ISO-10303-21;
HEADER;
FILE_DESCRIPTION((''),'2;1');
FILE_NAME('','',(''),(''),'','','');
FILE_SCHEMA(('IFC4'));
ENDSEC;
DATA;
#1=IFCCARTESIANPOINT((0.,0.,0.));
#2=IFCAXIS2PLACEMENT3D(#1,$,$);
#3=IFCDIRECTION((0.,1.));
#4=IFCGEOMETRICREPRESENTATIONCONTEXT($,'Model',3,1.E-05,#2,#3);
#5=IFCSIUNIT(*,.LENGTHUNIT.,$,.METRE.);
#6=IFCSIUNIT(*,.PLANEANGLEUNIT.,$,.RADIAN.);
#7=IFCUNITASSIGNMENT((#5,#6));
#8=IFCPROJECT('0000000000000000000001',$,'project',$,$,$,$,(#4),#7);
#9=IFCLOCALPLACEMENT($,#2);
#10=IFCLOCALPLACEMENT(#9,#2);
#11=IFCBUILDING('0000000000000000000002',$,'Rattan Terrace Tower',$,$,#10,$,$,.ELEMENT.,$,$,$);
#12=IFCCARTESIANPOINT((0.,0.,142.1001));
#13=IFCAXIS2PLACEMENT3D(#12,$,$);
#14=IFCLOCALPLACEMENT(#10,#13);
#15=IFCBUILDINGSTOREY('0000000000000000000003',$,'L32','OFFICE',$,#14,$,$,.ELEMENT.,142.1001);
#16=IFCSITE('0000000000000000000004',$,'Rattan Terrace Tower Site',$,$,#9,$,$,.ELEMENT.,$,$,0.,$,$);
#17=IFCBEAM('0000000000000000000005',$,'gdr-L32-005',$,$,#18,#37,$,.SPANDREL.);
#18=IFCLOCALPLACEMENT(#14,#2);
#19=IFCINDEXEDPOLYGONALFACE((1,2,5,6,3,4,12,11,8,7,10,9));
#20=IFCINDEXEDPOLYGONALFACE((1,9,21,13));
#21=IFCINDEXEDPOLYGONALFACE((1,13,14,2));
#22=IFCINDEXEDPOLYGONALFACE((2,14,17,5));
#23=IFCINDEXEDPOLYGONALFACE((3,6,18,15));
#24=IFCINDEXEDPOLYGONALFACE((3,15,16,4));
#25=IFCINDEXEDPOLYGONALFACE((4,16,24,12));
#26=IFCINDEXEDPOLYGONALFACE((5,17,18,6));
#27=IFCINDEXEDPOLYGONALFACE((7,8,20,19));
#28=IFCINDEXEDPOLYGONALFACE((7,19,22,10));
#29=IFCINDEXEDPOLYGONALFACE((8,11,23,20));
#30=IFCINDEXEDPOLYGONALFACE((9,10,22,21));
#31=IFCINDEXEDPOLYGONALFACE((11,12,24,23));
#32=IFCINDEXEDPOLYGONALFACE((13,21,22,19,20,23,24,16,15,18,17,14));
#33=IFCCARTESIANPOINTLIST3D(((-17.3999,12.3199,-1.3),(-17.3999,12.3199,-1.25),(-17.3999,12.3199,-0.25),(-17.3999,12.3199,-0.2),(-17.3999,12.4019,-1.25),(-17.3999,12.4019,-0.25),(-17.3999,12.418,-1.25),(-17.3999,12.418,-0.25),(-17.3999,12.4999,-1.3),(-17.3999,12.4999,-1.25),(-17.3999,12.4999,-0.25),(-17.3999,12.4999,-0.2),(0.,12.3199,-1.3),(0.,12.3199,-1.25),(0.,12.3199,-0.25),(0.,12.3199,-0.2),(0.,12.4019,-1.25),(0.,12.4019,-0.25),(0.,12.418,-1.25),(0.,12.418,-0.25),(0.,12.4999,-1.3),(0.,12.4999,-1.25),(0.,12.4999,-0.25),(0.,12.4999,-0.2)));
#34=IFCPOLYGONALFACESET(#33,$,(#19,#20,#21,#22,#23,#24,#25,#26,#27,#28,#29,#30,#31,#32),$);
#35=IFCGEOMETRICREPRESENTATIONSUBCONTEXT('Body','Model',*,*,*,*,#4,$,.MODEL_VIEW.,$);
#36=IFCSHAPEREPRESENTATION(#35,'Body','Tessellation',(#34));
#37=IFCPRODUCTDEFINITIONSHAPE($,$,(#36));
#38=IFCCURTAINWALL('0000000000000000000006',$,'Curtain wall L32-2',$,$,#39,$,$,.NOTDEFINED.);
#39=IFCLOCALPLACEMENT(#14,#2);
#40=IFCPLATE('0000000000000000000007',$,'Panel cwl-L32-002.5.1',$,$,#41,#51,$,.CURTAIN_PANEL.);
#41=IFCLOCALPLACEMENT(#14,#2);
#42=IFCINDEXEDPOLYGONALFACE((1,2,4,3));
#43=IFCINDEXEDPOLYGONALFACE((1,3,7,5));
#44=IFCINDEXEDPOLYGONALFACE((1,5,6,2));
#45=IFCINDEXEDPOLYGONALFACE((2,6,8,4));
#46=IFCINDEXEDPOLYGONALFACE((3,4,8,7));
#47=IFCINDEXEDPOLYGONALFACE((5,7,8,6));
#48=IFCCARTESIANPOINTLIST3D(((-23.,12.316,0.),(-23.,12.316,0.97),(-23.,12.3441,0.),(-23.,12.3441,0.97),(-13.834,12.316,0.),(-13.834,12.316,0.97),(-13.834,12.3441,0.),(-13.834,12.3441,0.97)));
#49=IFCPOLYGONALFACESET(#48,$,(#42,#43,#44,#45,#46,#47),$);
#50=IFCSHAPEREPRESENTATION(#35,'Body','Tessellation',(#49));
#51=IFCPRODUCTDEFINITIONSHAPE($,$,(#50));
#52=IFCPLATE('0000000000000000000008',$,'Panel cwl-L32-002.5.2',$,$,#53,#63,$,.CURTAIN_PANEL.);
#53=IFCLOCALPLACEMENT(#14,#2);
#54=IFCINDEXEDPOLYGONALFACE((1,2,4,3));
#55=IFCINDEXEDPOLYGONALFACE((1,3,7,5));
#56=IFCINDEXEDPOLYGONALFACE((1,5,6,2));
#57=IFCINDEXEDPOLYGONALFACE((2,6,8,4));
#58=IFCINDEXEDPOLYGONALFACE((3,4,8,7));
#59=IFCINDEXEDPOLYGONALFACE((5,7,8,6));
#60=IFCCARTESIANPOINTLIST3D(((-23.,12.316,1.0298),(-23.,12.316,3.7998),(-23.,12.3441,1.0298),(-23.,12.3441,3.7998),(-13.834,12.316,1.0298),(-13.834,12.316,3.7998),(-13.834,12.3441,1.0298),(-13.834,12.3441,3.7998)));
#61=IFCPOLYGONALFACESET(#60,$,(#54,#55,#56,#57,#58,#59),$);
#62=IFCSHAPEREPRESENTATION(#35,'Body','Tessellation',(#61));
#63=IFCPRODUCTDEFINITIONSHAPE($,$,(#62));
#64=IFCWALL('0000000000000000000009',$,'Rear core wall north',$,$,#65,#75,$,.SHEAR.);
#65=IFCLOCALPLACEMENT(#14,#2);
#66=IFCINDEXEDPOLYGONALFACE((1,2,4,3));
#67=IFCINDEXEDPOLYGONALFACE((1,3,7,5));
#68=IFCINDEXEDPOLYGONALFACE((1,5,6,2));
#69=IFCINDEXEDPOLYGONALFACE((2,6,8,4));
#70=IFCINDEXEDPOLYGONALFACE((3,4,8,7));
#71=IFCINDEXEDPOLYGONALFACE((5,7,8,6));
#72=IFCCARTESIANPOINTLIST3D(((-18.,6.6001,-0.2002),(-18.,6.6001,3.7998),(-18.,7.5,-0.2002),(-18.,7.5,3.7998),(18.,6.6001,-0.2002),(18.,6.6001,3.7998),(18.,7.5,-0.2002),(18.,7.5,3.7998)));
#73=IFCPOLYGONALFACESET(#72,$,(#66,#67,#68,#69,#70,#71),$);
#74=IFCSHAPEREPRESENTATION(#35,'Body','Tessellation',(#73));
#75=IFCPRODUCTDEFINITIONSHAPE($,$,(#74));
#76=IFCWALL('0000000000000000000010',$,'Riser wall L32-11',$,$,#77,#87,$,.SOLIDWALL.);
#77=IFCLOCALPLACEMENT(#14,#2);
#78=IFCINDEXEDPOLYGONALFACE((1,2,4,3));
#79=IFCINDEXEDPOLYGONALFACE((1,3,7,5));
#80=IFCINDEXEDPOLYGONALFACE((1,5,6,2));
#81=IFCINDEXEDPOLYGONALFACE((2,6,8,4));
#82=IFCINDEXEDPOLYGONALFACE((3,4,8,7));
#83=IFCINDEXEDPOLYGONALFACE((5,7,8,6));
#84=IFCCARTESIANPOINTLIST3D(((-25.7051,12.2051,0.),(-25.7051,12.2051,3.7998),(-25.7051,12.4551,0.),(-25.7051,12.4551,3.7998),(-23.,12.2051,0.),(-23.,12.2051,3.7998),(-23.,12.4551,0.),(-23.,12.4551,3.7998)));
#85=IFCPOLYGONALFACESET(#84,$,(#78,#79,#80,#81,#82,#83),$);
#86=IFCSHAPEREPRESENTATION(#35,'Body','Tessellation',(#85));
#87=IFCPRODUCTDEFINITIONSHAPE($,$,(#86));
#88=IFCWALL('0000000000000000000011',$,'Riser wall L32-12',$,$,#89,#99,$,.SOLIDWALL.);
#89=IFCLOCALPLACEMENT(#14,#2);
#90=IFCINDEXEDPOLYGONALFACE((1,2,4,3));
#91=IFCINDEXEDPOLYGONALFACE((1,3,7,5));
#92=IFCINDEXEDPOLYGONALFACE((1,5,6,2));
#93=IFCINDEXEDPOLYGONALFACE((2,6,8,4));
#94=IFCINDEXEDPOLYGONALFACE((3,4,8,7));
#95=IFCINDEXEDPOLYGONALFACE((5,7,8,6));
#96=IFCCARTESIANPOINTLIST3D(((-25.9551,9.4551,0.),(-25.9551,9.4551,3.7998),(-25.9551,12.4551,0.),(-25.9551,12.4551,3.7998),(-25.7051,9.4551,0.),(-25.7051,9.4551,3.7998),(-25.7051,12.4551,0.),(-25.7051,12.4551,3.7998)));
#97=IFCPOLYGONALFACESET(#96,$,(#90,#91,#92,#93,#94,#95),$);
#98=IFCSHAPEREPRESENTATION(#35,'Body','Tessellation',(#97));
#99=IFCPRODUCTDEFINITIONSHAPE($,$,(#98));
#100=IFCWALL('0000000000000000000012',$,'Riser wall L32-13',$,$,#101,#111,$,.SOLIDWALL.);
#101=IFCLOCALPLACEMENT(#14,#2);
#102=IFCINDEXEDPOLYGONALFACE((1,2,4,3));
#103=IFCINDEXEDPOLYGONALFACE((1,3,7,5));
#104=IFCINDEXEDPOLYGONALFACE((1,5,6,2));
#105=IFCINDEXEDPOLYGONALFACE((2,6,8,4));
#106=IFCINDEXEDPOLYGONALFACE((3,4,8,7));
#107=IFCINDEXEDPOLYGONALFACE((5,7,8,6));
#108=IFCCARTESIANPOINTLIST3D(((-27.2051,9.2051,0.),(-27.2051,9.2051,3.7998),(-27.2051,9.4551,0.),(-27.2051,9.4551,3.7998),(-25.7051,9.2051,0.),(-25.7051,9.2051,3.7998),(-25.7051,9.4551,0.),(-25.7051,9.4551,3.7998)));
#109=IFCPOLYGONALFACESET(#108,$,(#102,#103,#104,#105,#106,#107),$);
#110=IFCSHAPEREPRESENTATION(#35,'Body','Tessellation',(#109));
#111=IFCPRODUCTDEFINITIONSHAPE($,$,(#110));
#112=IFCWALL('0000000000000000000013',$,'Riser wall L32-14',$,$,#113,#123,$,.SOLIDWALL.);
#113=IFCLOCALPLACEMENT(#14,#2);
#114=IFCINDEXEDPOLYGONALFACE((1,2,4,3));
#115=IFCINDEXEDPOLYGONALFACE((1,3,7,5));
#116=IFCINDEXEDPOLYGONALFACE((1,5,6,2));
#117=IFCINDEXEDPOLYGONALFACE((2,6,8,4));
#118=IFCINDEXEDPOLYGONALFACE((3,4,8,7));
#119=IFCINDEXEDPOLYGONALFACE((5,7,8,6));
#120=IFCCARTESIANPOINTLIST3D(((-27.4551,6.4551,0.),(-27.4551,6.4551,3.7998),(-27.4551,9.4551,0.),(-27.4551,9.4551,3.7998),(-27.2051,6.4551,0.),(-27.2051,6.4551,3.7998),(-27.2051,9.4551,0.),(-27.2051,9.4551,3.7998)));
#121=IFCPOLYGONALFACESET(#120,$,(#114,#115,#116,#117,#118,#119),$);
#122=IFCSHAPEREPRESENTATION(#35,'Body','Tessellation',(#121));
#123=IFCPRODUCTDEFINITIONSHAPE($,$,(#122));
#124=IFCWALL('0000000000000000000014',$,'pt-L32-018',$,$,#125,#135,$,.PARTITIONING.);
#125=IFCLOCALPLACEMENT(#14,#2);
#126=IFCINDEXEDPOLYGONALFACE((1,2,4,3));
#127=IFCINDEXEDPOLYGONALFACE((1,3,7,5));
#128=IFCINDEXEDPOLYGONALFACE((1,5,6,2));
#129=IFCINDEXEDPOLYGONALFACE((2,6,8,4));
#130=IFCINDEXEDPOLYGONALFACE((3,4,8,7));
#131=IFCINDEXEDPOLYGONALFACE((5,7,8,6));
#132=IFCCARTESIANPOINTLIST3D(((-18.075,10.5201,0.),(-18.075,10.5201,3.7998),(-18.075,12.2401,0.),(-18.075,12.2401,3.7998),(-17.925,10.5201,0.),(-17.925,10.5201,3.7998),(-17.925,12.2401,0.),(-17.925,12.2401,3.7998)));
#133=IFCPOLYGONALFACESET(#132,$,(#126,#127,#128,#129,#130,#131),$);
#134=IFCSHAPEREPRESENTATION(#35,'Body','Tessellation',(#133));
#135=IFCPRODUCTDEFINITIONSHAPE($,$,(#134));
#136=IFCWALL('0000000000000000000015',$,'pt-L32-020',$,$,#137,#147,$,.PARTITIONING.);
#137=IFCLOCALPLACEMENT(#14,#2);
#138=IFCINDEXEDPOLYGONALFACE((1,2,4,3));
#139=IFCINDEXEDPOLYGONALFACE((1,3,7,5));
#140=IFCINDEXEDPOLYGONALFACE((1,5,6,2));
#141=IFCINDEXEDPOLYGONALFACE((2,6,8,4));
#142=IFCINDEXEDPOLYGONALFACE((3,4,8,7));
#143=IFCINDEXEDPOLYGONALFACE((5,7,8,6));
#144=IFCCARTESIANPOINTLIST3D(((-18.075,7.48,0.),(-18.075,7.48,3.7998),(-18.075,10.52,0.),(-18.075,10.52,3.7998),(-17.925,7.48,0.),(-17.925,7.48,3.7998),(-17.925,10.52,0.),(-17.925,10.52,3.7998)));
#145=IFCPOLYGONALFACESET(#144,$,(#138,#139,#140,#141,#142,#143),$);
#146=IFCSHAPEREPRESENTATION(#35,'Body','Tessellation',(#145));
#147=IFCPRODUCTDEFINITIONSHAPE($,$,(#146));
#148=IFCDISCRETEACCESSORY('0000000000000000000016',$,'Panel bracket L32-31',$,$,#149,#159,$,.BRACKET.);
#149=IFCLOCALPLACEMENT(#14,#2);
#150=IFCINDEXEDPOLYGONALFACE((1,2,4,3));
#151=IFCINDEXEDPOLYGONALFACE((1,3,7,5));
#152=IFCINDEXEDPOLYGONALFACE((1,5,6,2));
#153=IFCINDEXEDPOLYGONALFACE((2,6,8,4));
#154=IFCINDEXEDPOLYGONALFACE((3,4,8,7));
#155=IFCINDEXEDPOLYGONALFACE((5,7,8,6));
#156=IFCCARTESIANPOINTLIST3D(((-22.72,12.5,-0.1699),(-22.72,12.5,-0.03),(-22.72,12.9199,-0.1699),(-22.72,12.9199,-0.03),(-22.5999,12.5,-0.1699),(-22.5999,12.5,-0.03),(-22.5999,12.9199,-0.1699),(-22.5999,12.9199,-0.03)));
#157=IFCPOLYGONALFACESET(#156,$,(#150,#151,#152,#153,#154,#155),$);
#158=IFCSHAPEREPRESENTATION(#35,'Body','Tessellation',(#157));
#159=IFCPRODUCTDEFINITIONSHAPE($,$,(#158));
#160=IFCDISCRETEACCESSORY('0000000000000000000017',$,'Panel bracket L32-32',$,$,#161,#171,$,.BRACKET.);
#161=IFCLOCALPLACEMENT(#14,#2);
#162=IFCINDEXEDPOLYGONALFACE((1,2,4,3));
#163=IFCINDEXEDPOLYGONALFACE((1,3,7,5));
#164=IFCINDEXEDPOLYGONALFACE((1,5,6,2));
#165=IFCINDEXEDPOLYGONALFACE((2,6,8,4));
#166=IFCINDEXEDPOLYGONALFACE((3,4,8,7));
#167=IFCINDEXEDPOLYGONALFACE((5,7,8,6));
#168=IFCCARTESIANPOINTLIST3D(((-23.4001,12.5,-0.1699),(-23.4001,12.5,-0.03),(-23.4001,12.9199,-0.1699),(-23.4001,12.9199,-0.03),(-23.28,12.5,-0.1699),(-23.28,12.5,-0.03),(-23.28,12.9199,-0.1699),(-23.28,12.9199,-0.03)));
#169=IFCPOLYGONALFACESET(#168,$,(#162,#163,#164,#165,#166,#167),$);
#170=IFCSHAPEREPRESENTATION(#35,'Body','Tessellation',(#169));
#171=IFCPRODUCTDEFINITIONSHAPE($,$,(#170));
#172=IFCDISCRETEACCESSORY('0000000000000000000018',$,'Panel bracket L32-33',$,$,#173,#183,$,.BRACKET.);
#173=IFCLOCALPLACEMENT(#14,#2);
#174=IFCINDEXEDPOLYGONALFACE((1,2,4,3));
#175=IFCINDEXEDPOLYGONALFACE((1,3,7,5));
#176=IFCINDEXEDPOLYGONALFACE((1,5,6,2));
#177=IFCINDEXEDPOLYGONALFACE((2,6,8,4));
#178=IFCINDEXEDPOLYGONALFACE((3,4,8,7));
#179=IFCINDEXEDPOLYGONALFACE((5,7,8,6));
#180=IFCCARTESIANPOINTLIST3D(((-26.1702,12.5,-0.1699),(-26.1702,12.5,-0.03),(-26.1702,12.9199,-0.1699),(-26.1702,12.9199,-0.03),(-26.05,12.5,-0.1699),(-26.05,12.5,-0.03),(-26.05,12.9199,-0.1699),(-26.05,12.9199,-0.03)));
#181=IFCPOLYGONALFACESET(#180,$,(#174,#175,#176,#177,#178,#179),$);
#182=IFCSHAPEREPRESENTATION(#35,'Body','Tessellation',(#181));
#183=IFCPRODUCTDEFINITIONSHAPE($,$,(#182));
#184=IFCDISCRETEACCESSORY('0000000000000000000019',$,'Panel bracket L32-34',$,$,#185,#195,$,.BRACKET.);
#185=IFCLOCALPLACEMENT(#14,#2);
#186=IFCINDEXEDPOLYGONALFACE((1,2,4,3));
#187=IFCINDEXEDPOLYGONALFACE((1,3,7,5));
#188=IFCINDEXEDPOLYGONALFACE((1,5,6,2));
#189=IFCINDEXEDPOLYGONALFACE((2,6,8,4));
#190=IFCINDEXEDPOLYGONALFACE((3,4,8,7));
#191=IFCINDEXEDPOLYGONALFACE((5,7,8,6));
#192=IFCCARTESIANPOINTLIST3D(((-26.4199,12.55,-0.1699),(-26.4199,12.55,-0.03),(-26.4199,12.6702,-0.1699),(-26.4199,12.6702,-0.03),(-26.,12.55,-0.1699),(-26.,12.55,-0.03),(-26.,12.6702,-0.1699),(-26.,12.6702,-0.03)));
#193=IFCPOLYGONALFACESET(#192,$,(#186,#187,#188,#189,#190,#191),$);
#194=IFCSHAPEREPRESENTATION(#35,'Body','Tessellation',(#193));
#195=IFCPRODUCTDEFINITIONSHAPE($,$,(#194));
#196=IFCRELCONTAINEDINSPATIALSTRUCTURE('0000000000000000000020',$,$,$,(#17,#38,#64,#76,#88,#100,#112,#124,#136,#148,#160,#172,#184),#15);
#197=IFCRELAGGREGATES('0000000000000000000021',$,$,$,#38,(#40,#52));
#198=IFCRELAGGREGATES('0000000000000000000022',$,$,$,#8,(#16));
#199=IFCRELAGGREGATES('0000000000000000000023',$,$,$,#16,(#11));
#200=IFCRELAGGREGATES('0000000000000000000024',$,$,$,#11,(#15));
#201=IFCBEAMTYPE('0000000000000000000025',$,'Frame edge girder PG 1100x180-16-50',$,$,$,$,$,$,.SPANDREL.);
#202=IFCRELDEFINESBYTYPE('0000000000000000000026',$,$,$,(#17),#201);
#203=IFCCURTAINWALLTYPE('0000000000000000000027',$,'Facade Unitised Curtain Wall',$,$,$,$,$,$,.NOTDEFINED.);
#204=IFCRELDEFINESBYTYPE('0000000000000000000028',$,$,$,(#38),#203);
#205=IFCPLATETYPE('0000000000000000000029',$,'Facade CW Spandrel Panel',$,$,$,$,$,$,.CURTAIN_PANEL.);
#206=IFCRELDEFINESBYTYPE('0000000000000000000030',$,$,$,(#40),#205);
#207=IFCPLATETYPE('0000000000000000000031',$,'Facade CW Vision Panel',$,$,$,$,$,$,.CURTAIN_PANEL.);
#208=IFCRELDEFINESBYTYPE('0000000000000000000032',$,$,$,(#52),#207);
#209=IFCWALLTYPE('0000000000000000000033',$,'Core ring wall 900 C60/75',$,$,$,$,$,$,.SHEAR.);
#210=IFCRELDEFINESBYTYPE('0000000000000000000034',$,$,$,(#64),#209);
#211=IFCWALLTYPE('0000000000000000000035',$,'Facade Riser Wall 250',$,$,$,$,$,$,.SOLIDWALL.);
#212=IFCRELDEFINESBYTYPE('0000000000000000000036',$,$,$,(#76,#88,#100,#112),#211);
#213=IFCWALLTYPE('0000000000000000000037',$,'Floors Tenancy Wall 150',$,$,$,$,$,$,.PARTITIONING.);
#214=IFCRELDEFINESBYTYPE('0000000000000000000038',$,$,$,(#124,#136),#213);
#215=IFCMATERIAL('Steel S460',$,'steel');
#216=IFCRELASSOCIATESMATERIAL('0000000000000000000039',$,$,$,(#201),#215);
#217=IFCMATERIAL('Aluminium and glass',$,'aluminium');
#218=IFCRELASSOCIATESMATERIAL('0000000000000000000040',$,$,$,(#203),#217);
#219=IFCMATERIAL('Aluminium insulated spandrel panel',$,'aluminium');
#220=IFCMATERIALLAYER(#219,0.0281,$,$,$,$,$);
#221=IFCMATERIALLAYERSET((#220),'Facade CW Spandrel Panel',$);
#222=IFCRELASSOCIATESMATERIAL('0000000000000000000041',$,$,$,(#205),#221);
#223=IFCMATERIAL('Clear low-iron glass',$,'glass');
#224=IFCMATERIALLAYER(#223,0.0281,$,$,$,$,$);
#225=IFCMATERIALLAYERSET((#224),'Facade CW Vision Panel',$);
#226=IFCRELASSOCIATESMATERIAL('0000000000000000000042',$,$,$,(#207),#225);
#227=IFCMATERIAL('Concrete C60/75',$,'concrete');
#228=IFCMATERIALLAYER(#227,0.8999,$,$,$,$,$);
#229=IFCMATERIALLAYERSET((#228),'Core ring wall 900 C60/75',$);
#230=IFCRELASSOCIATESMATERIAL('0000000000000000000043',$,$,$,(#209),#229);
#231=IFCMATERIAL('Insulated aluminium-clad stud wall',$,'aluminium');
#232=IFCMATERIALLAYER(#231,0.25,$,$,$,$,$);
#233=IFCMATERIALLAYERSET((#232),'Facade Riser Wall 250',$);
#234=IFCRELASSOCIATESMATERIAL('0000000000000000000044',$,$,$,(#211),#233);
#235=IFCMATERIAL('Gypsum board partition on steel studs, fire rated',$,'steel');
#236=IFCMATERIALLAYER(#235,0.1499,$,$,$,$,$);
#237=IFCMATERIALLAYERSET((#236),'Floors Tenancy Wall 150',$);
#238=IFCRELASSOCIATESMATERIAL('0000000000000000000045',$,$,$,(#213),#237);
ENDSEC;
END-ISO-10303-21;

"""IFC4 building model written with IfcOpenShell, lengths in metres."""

from ifc_helpers import new_model, si_unit, direction, frame, frame_2d, origin, origin_2d, place, context, subcontext, project, spatial, rectangle, i_section, extrude, material, layer, layer_set, material_profile, profile_set, type_object, element, aggregate, save


model = new_model("IFC4")

# Units and contexts
model_context = context("Model", 3, precision=1e-05, world=origin(), true_north=direction((0.0, 1.0)))
body_context = subcontext(model_context, "Body", "Model", "MODEL_VIEW")
ifc_project = project(units=[si_unit("LENGTHUNIT", "METRE"), si_unit("PLANEANGLEUNIT", "RADIAN")], contexts=[model_context])

# Site, building, storey
site_placement = place(None, origin())
site = spatial("IfcSite", under=ifc_project, at=site_placement, Name="Rattan Terrace Tower Site", CompositionType="ELEMENT", RefElevation=0.0)
building_placement = place(site_placement, origin())
building = spatial("IfcBuilding", under=site, at=building_placement, Name="Rattan Terrace Tower", CompositionType="ELEMENT")
storey_placement = place(building_placement, frame((0.0, 0.0, 142.1001)))
storey = spatial("IfcBuildingStorey", under=building, at=storey_placement, Name="L32", Description="OFFICE", CompositionType="ELEMENT", Elevation=142.1001)

# Beam
ifc_material_1 = material(Name="Steel S460", Category="steel")
ifc_material_profile = material_profile(ifc_material_1, i_section(OverallWidth=0.1799, OverallDepth=1.1001, WebThickness=0.0161, FlangeThickness=0.05, at=origin_2d()), Name="PG 1100x180-16-50")
ifc_profile_set = profile_set([ifc_material_profile], Name="Steel S460")
beam_type = type_object("IfcBeamType", Name="Frame edge girder PG 1100x180-16-50", PredefinedType="SPANDREL", material=ifc_profile_set)
beam_placement = place(storey_placement, frame((-17.3999, 12.4099, -0.75), z_axis=(1.0, 0.0, 0.0), x_axis=(0.0, 1.0, 0.0)))
element("IfcBeam", 1, at=beam_placement, inside=storey, type_object=beam_type, Name="gdr-L32-005", PredefinedType="SPANDREL", context=body_context, shape_type="SweptSolid", body=[
    extrude(i_section(OverallWidth=0.1799, OverallDepth=1.1001, WebThickness=0.0161, FlangeThickness=0.05, at=origin_2d()), origin(), (0.0, 0.0, 1.0), 17.3999),
])

# Curtain wall, plates
ifc_material_2 = material(Name="Aluminium and glass", Category="aluminium")
curtain_wall_type = type_object("IfcCurtainWallType", Name="Facade Unitised Curtain Wall", PredefinedType="NOTDEFINED", material=ifc_material_2)
curtain_wall_placement = place(storey_placement, origin())
curtain_wall = element("IfcCurtainWall", 2, at=curtain_wall_placement, inside=storey, type_object=curtain_wall_type, Name="Curtain wall L32-2", PredefinedType="NOTDEFINED")
ifc_material_3 = material(Name="Aluminium insulated spandrel panel", Category="aluminium")
ifc_layer_1 = layer(ifc_material_3, 0.0281)
ifc_layer_set_1 = layer_set([ifc_layer_1], Name="Facade CW Spandrel Panel")
plate_type_1 = type_object("IfcPlateType", Name="Facade CW Spandrel Panel", PredefinedType="CURTAIN_PANEL", material=ifc_layer_set_1)
plate_1_placement = place(storey_placement, frame((-18.417, 12.3301, 0.0), z_axis=(0.0, 0.0, 1.0), x_axis=(-1.0, 0.0, 0.0)))
plate_1 = element("IfcPlate", 3, at=plate_1_placement, type_object=plate_type_1, Name="Panel cwl-L32-002.5.1", PredefinedType="CURTAIN_PANEL", context=body_context, shape_type="SweptSolid", body=[
    extrude(rectangle(XDim=9.166, YDim=0.0281, at=origin_2d()), origin(), (0.0, 0.0, 1.0), 0.97),
])
ifc_material_4 = material(Name="Clear low-iron glass", Category="glass")
ifc_layer_2 = layer(ifc_material_4, 0.0281)
ifc_layer_set_2 = layer_set([ifc_layer_2], Name="Facade CW Vision Panel")
plate_type_2 = type_object("IfcPlateType", Name="Facade CW Vision Panel", PredefinedType="CURTAIN_PANEL", material=ifc_layer_set_2)
plate_2_placement = place(storey_placement, frame((-18.417, 12.3301, 1.0298), z_axis=(0.0, 0.0, 1.0), x_axis=(-1.0, 0.0, 0.0)))
plate_2 = element("IfcPlate", 4, at=plate_2_placement, type_object=plate_type_2, Name="Panel cwl-L32-002.5.2", PredefinedType="CURTAIN_PANEL", context=body_context, shape_type="SweptSolid", body=[
    extrude(rectangle(XDim=9.166, YDim=0.0281, at=origin_2d()), origin(), (0.0, 0.0, 1.0), 2.77),
])
aggregate(curtain_wall, [plate_1, plate_2])

# Walls
ifc_material_5 = material(Name="Concrete C60/75", Category="concrete")
ifc_layer_3 = layer(ifc_material_5, 0.8999)
ifc_layer_set_3 = layer_set([ifc_layer_3], Name="Core ring wall 900 C60/75")
wall_type_1 = type_object("IfcWallType", Name="Core ring wall 900 C60/75", PredefinedType="SHEAR", material=ifc_layer_set_3)
wall_1_placement = place(storey_placement, frame((-18.0, 7.05, -0.2002), z_axis=(0.0, 0.0, 1.0), x_axis=(1.0, 0.0, 0.0)))
element("IfcWall", 5, at=wall_1_placement, inside=storey, type_object=wall_type_1, Name="Rear core wall north", PredefinedType="SHEAR", context=body_context, shape_type="SweptSolid", body=[
    extrude(rectangle(XDim=36.0, YDim=0.8999, at=frame_2d((18.0, 0.0))), origin(), (0.0, 0.0, 1.0), 4.0),
])
ifc_material_6 = material(Name="Insulated aluminium-clad stud wall", Category="aluminium")
ifc_layer_4 = layer(ifc_material_6, 0.25)
ifc_layer_set_4 = layer_set([ifc_layer_4], Name="Facade Riser Wall 250")
wall_type_2 = type_object("IfcWallType", Name="Facade Riser Wall 250", PredefinedType="SOLIDWALL", material=ifc_layer_set_4)
wall_2_placement = place(storey_placement, frame((-23.0, 12.3301, 0.0), z_axis=(0.0, 0.0, 1.0), x_axis=(-1.0, 0.0, 0.0)))
element("IfcWall", 6, at=wall_2_placement, inside=storey, type_object=wall_type_2, Name="Riser wall L32-11", PredefinedType="SOLIDWALL", context=body_context, shape_type="SweptSolid", body=[
    extrude(rectangle(XDim=2.7051, YDim=0.25, at=frame_2d((1.3525, 0.0))), origin(), (0.0, 0.0, 1.0), 3.7998),
])
wall_3_placement = place(storey_placement, frame((-25.8301, 12.4551, 0.0), z_axis=(0.0, 0.0, 1.0), x_axis=(0.0, -1.0, 0.0)))
element("IfcWall", 7, at=wall_3_placement, inside=storey, type_object=wall_type_2, Name="Riser wall L32-12", PredefinedType="SOLIDWALL", context=body_context, shape_type="SweptSolid", body=[
    extrude(rectangle(XDim=3.0, YDim=0.25, at=frame_2d((1.5, 0.0))), origin(), (0.0, 0.0, 1.0), 3.7998),
])
wall_4_placement = place(storey_placement, frame((-25.7051, 9.3301, 0.0), z_axis=(0.0, 0.0, 1.0), x_axis=(-1.0, 0.0, 0.0)))
element("IfcWall", 8, at=wall_4_placement, inside=storey, type_object=wall_type_2, Name="Riser wall L32-13", PredefinedType="SOLIDWALL", context=body_context, shape_type="SweptSolid", body=[
    extrude(rectangle(XDim=1.5, YDim=0.25, at=frame_2d((0.75, 0.0))), origin(), (0.0, 0.0, 1.0), 3.7998),
])
wall_5_placement = place(storey_placement, frame((-27.3301, 9.4551, 0.0), z_axis=(0.0, 0.0, 1.0), x_axis=(0.0, -1.0, 0.0)))
element("IfcWall", 9, at=wall_5_placement, inside=storey, type_object=wall_type_2, Name="Riser wall L32-14", PredefinedType="SOLIDWALL", context=body_context, shape_type="SweptSolid", body=[
    extrude(rectangle(XDim=3.0, YDim=0.25, at=frame_2d((1.5, 0.0))), origin(), (0.0, 0.0, 1.0), 3.7998),
])
ifc_material_7 = material(Name="Gypsum board partition on steel studs, fire rated", Category="steel")
ifc_layer_5 = layer(ifc_material_7, 0.1499)
ifc_layer_set_5 = layer_set([ifc_layer_5], Name="Floors Tenancy Wall 150")
wall_type_3 = type_object("IfcWallType", Name="Floors Tenancy Wall 150", PredefinedType="PARTITIONING", material=ifc_layer_set_5)
wall_6_placement = place(storey_placement, frame((-18.0, 12.24, 0.0), z_axis=(0.0, 0.0, 1.0), x_axis=(0.0, -1.0, 0.0)))
element("IfcWall", 10, at=wall_6_placement, inside=storey, type_object=wall_type_3, Name="pt-L32-018", PredefinedType="PARTITIONING", context=body_context, shape_type="SweptSolid", body=[
    extrude(rectangle(XDim=1.72, YDim=0.1499, at=frame_2d((0.8599, 0.0))), origin(), (0.0, 0.0, 1.0), 3.7998),
])
wall_7_placement = place(storey_placement, frame((-18.0, 10.52, 0.0), z_axis=(0.0, 0.0, 1.0), x_axis=(0.0, -1.0, 0.0)))
element("IfcWall", 11, at=wall_7_placement, inside=storey, type_object=wall_type_3, Name="pt-L32-020", PredefinedType="PARTITIONING", context=body_context, shape_type="SweptSolid", body=[
    extrude(rectangle(XDim=3.04, YDim=0.1499, at=frame_2d((1.52, 0.0))), origin(), (0.0, 0.0, 1.0), 3.7998),
])

# Discrete accessories
for number, where, z_axis, x_axis, name in (
    (12, (-22.6599, 12.71, -0.1699), (0.0, 0.0, 1.0), (-1.0, 0.0, 0.0), "Panel bracket L32-31"),
    (13, (-23.3401, 12.71, -0.1699), (0.0, 0.0, 1.0), (-1.0, 0.0, 0.0), "Panel bracket L32-32"),
    (14, (-26.1101, 12.71, -0.1699), (0.0, 0.0, 1.0), (-1.0, 0.0, 0.0), "Panel bracket L32-33"),
    (15, (-26.21, 12.6101, -0.1699), (0.0, 0.0, 1.0), (0.0, -1.0, 0.0), "Panel bracket L32-34"),
):
    element("IfcDiscreteAccessory", number, at=place(storey_placement, frame(where, z_axis=z_axis, x_axis=x_axis)), inside=storey, Name=name, PredefinedType="BRACKET", context=body_context, shape_type="SweptSolid", body=[
        extrude(rectangle(XDim=0.1201, YDim=0.4199, at=origin_2d()), origin(), (0.0, 0.0, 1.0), 0.1399),
    ])

save(model, "model.ifc")
